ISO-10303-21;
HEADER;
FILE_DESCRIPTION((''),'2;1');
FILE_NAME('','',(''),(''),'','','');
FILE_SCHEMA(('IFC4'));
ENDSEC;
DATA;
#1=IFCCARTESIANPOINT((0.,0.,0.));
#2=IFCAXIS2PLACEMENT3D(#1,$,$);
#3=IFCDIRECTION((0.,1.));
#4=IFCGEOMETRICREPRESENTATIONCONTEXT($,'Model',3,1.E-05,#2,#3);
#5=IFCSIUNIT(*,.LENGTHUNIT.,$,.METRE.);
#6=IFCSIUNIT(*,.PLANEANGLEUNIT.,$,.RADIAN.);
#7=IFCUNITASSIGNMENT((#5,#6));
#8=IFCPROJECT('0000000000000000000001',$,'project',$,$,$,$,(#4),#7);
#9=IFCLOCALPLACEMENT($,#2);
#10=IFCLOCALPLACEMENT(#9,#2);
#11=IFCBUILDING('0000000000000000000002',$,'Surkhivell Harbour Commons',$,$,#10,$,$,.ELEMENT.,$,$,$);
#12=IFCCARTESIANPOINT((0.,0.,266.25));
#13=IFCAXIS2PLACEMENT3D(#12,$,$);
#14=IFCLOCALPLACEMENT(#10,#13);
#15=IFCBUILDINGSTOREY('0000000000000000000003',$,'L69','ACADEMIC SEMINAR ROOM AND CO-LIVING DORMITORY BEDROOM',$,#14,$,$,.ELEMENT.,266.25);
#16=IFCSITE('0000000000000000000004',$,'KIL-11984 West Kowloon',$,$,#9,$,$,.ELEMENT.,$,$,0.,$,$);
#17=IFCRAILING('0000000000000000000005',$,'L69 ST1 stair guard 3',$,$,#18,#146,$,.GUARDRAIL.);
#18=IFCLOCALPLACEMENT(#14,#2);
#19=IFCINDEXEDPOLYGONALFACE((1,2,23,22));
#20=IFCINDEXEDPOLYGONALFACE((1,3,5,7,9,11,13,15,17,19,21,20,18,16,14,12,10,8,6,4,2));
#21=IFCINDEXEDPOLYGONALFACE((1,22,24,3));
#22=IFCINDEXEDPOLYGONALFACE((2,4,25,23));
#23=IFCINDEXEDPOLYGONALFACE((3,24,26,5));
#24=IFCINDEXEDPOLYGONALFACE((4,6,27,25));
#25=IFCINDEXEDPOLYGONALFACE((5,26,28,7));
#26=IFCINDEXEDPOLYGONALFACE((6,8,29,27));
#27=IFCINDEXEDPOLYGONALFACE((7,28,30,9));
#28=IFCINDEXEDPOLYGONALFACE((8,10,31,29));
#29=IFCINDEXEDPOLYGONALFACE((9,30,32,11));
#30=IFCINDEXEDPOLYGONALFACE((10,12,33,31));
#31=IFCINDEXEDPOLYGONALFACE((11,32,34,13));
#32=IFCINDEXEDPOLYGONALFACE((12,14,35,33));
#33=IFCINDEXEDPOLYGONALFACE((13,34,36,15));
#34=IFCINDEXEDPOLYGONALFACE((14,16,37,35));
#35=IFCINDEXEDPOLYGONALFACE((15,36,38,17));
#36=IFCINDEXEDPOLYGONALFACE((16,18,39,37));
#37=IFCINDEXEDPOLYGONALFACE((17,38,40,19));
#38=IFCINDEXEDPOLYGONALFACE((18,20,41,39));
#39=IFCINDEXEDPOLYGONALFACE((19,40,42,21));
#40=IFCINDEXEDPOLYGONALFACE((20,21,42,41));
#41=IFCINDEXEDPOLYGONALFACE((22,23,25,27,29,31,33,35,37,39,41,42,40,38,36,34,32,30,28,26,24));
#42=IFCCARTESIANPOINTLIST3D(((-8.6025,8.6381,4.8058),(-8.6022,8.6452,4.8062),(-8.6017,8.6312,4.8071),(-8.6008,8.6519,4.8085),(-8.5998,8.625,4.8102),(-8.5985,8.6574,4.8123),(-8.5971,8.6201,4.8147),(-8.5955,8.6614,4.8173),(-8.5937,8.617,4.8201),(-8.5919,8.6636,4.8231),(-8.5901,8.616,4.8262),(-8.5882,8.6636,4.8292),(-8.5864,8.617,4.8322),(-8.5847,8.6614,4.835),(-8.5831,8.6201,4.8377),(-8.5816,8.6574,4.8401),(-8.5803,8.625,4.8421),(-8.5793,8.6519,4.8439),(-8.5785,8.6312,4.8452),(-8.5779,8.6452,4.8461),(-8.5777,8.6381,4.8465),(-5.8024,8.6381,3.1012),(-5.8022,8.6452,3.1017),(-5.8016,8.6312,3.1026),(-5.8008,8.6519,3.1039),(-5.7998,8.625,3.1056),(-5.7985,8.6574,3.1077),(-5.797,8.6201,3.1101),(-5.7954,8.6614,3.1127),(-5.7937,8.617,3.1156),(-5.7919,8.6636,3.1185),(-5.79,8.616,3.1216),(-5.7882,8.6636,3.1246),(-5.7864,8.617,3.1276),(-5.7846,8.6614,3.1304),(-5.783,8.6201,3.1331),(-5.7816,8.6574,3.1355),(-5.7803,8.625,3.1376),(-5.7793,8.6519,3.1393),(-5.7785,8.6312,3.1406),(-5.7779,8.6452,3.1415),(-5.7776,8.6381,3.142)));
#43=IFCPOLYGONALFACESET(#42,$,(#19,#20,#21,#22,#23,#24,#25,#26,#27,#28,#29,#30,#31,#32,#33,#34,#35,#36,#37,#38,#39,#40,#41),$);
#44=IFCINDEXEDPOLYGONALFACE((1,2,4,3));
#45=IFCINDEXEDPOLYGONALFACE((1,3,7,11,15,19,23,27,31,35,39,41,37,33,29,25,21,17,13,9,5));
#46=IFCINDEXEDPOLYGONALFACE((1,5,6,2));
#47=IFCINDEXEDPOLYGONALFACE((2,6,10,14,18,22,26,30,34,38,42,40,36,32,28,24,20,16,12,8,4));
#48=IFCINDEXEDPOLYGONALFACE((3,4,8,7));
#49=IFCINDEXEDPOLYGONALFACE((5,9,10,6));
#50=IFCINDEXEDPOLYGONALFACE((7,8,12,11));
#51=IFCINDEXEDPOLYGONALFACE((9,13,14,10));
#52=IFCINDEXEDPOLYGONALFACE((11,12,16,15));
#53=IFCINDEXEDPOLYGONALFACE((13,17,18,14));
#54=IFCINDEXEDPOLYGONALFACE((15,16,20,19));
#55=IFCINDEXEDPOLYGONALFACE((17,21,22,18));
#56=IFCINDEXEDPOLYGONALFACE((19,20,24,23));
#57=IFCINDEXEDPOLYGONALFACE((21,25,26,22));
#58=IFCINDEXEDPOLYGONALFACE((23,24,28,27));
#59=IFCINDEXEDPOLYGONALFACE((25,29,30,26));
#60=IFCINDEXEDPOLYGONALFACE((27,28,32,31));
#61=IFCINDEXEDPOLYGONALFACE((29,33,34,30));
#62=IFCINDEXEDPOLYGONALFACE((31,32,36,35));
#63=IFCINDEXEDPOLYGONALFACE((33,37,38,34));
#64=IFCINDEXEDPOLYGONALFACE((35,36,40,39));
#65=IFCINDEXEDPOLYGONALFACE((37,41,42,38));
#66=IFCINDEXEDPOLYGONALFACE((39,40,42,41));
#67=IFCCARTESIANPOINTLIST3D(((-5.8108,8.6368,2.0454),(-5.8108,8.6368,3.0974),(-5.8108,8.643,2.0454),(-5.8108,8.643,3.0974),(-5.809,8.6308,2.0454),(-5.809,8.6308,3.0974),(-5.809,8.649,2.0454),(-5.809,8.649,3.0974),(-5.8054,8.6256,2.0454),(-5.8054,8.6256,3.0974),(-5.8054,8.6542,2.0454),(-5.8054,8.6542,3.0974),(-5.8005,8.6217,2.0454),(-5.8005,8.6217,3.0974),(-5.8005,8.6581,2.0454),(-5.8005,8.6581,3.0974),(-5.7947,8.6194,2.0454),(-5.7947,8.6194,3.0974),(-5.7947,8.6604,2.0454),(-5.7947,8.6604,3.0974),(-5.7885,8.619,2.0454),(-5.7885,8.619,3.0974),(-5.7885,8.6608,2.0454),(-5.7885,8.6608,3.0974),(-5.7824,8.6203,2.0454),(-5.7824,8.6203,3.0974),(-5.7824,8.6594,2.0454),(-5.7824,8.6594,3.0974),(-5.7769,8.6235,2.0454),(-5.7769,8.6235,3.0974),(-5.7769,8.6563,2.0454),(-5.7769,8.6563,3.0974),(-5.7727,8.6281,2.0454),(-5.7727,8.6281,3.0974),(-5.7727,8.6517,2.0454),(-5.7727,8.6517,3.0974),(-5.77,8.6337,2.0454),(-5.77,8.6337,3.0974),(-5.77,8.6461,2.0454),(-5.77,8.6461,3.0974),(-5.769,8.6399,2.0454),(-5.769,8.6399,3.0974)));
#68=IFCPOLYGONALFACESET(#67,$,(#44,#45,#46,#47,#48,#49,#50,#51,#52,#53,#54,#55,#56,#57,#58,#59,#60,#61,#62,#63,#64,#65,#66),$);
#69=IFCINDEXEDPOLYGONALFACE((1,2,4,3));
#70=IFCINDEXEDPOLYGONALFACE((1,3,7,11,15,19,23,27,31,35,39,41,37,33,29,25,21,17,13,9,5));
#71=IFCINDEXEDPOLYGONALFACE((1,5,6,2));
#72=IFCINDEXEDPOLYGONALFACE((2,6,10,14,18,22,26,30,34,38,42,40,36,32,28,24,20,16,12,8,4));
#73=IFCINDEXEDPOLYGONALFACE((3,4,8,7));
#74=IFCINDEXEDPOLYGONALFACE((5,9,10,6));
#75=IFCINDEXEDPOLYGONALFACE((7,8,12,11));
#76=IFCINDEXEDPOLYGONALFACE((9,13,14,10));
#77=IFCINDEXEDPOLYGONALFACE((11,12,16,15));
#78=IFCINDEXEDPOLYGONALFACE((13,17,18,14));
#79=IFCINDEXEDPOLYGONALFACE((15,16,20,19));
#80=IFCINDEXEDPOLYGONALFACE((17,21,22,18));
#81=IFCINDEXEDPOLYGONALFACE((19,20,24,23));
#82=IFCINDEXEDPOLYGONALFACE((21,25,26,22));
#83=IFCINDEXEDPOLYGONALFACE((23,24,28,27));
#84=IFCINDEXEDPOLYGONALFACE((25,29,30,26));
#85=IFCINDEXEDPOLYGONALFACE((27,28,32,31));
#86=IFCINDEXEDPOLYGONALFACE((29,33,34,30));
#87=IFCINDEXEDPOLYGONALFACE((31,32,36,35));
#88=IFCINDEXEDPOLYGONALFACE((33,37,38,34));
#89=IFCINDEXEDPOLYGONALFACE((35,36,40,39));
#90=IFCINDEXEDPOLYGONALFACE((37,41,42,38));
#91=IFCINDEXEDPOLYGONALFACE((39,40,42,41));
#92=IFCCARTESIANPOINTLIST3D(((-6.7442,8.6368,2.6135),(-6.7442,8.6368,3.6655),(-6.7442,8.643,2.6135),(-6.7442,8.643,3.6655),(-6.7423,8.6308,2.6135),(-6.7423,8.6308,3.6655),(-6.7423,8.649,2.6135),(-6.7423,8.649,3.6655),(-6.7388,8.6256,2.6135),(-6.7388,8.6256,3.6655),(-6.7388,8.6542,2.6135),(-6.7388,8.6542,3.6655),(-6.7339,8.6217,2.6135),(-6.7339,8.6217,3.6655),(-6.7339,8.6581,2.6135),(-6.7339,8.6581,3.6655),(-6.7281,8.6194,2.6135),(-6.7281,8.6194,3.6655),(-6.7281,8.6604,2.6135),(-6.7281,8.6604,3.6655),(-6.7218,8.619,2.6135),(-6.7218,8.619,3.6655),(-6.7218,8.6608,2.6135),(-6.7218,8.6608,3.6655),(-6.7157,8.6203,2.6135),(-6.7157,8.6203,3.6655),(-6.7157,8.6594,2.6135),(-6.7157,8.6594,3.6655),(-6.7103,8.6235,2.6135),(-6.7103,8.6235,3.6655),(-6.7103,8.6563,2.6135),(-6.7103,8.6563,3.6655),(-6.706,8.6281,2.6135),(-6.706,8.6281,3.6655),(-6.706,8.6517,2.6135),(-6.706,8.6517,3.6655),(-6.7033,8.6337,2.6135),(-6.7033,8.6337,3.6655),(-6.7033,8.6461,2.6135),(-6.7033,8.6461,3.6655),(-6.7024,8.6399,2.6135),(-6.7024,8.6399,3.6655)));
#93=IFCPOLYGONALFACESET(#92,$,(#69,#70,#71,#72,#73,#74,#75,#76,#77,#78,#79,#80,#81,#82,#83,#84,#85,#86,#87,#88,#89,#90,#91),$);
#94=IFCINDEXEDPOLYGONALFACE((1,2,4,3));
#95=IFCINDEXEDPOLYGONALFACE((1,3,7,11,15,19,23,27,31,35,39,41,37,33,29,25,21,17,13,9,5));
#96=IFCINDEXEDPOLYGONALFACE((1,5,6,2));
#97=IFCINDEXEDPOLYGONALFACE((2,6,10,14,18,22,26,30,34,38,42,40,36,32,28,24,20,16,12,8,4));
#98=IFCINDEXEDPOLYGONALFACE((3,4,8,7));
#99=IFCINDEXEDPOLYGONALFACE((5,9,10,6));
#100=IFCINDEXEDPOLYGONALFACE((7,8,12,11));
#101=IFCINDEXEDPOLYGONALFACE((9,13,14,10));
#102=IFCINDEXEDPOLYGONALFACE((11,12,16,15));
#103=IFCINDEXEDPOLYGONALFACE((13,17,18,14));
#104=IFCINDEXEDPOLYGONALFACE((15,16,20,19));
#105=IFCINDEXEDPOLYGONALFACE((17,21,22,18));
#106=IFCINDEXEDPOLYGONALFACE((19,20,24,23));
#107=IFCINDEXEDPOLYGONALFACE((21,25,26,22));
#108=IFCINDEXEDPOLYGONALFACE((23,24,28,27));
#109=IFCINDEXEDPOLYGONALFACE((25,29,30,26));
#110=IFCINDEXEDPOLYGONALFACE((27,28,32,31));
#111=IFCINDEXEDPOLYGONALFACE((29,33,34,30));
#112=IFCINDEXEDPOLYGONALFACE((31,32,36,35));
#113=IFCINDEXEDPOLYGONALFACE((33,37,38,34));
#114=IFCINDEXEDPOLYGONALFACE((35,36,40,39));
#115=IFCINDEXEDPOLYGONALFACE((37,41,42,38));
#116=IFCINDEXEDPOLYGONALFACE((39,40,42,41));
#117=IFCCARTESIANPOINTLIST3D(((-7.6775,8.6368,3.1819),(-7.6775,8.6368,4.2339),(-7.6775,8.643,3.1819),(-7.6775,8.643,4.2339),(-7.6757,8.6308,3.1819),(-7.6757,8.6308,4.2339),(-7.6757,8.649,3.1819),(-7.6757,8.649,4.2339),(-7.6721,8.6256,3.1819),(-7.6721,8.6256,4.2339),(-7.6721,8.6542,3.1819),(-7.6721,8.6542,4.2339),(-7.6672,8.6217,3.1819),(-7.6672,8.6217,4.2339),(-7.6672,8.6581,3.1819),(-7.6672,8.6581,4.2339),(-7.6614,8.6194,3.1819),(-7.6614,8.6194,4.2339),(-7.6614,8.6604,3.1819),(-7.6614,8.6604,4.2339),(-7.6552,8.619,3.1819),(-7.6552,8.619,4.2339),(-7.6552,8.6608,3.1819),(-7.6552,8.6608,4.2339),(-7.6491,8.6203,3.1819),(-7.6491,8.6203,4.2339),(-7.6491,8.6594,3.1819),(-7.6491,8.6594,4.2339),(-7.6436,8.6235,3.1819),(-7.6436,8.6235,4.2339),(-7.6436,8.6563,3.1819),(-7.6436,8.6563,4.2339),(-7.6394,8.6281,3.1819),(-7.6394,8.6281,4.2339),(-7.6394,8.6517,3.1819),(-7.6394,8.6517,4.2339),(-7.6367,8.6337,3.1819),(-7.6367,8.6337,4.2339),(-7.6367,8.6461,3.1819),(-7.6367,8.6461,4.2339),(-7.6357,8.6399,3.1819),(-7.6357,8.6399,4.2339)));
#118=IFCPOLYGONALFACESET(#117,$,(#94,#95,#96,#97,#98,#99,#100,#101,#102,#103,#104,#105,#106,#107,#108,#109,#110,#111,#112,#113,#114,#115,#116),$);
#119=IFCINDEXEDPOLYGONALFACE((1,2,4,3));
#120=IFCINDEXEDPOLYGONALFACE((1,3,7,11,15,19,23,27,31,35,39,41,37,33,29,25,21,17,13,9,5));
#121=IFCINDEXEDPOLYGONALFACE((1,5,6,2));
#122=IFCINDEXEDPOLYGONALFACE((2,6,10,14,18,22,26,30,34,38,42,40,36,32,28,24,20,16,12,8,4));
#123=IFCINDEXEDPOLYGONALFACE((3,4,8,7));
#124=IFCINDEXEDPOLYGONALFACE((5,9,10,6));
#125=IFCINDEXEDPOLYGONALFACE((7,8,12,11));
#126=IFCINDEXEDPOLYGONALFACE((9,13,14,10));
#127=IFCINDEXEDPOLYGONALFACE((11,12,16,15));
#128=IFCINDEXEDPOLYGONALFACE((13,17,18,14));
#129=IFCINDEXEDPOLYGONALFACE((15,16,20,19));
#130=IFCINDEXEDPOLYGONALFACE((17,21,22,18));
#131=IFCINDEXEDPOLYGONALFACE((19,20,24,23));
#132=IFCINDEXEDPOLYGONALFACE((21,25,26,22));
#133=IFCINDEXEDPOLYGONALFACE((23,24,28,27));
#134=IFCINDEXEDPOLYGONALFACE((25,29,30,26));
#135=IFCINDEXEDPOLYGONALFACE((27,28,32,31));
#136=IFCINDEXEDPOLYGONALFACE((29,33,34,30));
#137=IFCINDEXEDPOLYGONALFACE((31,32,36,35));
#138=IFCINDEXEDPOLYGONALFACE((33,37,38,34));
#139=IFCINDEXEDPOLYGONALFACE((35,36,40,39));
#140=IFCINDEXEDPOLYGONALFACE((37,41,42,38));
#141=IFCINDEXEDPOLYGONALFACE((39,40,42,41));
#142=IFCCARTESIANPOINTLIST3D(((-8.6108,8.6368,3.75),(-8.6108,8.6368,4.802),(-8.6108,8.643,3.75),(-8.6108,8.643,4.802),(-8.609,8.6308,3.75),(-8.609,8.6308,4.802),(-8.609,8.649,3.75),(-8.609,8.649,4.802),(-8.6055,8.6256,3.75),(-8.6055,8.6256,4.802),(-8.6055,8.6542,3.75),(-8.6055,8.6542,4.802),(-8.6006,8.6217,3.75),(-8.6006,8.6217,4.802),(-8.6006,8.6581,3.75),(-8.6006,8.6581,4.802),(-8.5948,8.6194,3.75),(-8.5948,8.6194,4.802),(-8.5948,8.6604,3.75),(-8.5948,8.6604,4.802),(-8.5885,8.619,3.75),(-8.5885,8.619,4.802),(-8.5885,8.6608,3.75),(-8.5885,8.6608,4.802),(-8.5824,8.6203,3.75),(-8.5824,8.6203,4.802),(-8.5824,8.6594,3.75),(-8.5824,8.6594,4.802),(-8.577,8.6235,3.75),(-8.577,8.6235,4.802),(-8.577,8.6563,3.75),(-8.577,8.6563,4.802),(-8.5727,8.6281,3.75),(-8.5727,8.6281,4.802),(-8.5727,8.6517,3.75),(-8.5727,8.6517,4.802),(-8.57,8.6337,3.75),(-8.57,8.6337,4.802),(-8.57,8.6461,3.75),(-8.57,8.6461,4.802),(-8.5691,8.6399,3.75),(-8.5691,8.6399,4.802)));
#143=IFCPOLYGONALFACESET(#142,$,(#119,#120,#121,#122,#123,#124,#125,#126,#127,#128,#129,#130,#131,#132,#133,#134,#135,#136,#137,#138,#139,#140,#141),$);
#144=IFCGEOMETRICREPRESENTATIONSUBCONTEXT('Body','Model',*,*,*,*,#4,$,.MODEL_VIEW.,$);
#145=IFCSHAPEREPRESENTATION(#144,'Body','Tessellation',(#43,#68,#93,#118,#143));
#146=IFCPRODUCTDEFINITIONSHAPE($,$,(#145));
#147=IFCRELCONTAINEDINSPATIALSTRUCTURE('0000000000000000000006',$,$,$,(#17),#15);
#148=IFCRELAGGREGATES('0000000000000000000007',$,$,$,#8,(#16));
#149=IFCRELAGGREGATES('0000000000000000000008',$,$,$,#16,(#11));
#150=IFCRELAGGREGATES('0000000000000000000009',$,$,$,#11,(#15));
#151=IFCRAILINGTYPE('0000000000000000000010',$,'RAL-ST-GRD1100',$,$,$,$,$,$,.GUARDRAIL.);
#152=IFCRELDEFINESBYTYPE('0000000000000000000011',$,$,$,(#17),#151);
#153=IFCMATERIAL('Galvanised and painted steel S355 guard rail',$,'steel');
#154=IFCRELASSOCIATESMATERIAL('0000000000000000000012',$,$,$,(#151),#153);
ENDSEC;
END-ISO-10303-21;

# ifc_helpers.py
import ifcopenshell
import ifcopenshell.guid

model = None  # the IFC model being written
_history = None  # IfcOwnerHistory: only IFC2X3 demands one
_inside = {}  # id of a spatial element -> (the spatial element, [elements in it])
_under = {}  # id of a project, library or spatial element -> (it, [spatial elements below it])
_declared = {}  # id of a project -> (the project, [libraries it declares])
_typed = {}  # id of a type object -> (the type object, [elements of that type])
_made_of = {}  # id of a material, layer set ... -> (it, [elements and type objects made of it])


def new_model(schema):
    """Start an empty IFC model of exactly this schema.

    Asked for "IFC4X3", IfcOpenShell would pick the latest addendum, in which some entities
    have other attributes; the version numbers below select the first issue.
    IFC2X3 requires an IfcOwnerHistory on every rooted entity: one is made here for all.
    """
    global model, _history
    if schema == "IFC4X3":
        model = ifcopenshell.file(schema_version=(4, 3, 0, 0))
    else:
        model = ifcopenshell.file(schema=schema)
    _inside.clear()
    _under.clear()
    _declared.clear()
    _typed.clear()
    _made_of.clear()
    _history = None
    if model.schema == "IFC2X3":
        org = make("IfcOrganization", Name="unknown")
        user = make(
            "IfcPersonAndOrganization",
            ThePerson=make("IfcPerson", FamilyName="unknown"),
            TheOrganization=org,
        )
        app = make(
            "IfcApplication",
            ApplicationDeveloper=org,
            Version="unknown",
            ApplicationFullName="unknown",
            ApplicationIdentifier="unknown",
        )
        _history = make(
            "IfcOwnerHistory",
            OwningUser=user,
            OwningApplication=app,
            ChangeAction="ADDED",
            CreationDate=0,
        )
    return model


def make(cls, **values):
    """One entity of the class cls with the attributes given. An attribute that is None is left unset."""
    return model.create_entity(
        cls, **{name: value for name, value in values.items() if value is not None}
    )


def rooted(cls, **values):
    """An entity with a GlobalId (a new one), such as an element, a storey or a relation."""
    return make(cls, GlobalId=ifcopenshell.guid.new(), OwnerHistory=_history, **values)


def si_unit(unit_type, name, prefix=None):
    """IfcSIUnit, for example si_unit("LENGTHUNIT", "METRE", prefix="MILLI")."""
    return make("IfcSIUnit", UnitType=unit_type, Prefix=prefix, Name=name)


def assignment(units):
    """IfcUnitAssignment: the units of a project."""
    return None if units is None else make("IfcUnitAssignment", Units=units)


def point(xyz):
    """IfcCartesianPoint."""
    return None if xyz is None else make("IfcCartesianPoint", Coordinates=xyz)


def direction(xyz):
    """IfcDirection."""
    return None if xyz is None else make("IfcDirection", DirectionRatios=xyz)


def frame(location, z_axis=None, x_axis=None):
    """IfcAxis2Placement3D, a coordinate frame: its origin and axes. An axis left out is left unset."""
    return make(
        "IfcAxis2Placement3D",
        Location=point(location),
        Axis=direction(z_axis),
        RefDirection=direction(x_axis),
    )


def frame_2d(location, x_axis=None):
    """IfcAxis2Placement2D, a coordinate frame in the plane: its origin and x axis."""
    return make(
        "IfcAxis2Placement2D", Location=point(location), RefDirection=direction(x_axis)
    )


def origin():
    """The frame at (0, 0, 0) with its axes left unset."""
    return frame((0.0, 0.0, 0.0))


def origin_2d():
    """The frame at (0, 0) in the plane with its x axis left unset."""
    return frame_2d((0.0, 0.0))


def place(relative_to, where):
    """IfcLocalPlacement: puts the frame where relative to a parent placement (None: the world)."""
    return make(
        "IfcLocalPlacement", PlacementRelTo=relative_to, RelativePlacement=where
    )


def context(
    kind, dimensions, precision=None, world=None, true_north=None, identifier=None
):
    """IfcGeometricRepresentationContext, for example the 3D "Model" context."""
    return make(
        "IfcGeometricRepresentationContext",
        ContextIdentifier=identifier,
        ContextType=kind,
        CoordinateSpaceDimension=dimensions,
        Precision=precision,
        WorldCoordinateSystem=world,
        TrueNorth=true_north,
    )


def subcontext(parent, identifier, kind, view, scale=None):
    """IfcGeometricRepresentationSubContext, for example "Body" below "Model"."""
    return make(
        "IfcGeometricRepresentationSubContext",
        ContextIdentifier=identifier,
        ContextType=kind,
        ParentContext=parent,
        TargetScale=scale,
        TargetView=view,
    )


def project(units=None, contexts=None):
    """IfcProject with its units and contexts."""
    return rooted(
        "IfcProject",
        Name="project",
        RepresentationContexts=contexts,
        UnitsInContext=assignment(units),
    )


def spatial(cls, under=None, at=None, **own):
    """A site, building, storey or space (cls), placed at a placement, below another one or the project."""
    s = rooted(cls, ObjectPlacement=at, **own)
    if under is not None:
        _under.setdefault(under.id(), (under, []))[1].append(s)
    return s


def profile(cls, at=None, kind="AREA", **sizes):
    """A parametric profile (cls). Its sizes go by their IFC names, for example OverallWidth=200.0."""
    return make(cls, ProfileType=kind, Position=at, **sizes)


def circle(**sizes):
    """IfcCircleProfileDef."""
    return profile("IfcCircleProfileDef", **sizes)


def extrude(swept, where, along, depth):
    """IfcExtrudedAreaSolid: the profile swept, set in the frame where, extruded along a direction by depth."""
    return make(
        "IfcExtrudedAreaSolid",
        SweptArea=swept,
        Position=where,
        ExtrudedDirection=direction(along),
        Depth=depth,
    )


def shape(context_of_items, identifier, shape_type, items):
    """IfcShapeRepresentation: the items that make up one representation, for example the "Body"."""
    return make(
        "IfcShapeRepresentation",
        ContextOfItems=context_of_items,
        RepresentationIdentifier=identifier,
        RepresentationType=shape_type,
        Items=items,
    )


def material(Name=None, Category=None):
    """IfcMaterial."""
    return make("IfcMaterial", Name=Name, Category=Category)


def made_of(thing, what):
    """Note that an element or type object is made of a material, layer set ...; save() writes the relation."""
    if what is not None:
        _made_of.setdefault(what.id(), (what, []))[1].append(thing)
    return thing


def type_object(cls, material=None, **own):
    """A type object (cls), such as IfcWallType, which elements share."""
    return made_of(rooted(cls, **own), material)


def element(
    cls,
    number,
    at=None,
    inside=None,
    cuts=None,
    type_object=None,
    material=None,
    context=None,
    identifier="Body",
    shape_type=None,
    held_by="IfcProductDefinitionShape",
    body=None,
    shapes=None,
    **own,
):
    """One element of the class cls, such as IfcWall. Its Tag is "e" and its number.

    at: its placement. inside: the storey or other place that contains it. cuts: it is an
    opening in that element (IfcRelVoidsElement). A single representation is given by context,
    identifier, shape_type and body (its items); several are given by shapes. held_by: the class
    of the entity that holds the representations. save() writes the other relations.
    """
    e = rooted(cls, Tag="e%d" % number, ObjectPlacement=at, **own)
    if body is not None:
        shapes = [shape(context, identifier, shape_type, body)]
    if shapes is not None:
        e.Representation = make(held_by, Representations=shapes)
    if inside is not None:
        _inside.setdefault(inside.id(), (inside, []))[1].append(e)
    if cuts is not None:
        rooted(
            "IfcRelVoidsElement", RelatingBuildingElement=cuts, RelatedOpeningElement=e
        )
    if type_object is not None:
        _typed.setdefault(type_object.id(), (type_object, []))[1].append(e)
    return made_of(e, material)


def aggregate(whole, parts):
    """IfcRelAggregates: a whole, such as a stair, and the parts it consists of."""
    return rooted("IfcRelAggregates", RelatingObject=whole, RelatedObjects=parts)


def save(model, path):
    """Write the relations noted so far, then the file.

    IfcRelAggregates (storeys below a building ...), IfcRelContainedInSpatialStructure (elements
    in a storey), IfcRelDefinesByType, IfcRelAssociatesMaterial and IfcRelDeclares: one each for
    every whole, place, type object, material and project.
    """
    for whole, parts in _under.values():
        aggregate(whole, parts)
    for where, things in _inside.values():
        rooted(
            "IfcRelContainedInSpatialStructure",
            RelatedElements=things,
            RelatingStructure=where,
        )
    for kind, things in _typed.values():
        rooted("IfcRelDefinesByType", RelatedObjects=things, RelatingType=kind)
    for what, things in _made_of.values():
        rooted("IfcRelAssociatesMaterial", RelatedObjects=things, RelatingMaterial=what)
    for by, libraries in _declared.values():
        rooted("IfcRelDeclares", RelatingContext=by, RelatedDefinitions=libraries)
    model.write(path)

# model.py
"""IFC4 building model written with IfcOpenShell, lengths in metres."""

from ifc_helpers import new_model, si_unit, direction, frame, origin, origin_2d, place, context, subcontext, project, spatial, circle, extrude, material, type_object, element, save


model = new_model("IFC4")

# Units and contexts
model_context = context("Model", 3, precision=1e-05, world=origin(), true_north=direction((0.0, 1.0)))
body_context = subcontext(model_context, "Body", "Model", "MODEL_VIEW")
ifc_project = project(units=[si_unit("LENGTHUNIT", "METRE"), si_unit("PLANEANGLEUNIT", "RADIAN")], contexts=[model_context])

# Site, building, storey
site_placement = place(None, origin())
site = spatial("IfcSite", under=ifc_project, at=site_placement, Name="KIL-11984 West Kowloon", CompositionType="ELEMENT", RefElevation=0.0)
building_placement = place(site_placement, origin())
building = spatial("IfcBuilding", under=site, at=building_placement, Name="Surkhivell Harbour Commons", CompositionType="ELEMENT")
storey_placement = place(building_placement, frame((0.0, 0.0, 266.25)))
storey = spatial("IfcBuildingStorey", under=building, at=storey_placement, Name="L69", Description="ACADEMIC SEMINAR ROOM AND CO-LIVING DORMITORY BEDROOM", CompositionType="ELEMENT", Elevation=266.25)

# Railing
ifc_material_1 = material(Name="Galvanised and painted steel S355 guard rail", Category="steel")
railing_type_1 = type_object("IfcRailingType", Name="RAL-ST-GRD1100", PredefinedType="GUARDRAIL", material=ifc_material_1)
railing_1_placement = place(storey_placement, frame((-5.79, 8.6399, 2.0454)))
element("IfcRailing", 1, at=railing_1_placement, inside=storey, type_object=railing_type_1, Name="L69 ST1 stair guard 3", PredefinedType="GUARDRAIL", context=body_context, shape_type="SweptSolid", body=[
    extrude(circle(Radius=0.0239, at=origin_2d()), frame((0.0, 0.0, 1.0762), z_axis=(-0.85417, 0.0, 0.519994), x_axis=(0.0, -1.0, 0.0)), (0.0, 0.0, 1.0), 3.2781),
    extrude(circle(Radius=0.021, at=origin_2d()), origin(), (0.0, 0.0, 1.0), 1.052),
    extrude(circle(Radius=0.021, at=origin_2d()), frame((-0.9333, 0.0, 0.5681)), (0.0, 0.0, 1.0), 1.052),
    extrude(circle(Radius=0.021, at=origin_2d()), frame((-1.8667, 0.0, 1.1365)), (0.0, 0.0, 1.0), 1.052),
    extrude(circle(Radius=0.021, at=origin_2d()), frame((-2.8, 0.0, 1.7046)), (0.0, 0.0, 1.0), 1.052),
])

save(model, "model.ifc")
